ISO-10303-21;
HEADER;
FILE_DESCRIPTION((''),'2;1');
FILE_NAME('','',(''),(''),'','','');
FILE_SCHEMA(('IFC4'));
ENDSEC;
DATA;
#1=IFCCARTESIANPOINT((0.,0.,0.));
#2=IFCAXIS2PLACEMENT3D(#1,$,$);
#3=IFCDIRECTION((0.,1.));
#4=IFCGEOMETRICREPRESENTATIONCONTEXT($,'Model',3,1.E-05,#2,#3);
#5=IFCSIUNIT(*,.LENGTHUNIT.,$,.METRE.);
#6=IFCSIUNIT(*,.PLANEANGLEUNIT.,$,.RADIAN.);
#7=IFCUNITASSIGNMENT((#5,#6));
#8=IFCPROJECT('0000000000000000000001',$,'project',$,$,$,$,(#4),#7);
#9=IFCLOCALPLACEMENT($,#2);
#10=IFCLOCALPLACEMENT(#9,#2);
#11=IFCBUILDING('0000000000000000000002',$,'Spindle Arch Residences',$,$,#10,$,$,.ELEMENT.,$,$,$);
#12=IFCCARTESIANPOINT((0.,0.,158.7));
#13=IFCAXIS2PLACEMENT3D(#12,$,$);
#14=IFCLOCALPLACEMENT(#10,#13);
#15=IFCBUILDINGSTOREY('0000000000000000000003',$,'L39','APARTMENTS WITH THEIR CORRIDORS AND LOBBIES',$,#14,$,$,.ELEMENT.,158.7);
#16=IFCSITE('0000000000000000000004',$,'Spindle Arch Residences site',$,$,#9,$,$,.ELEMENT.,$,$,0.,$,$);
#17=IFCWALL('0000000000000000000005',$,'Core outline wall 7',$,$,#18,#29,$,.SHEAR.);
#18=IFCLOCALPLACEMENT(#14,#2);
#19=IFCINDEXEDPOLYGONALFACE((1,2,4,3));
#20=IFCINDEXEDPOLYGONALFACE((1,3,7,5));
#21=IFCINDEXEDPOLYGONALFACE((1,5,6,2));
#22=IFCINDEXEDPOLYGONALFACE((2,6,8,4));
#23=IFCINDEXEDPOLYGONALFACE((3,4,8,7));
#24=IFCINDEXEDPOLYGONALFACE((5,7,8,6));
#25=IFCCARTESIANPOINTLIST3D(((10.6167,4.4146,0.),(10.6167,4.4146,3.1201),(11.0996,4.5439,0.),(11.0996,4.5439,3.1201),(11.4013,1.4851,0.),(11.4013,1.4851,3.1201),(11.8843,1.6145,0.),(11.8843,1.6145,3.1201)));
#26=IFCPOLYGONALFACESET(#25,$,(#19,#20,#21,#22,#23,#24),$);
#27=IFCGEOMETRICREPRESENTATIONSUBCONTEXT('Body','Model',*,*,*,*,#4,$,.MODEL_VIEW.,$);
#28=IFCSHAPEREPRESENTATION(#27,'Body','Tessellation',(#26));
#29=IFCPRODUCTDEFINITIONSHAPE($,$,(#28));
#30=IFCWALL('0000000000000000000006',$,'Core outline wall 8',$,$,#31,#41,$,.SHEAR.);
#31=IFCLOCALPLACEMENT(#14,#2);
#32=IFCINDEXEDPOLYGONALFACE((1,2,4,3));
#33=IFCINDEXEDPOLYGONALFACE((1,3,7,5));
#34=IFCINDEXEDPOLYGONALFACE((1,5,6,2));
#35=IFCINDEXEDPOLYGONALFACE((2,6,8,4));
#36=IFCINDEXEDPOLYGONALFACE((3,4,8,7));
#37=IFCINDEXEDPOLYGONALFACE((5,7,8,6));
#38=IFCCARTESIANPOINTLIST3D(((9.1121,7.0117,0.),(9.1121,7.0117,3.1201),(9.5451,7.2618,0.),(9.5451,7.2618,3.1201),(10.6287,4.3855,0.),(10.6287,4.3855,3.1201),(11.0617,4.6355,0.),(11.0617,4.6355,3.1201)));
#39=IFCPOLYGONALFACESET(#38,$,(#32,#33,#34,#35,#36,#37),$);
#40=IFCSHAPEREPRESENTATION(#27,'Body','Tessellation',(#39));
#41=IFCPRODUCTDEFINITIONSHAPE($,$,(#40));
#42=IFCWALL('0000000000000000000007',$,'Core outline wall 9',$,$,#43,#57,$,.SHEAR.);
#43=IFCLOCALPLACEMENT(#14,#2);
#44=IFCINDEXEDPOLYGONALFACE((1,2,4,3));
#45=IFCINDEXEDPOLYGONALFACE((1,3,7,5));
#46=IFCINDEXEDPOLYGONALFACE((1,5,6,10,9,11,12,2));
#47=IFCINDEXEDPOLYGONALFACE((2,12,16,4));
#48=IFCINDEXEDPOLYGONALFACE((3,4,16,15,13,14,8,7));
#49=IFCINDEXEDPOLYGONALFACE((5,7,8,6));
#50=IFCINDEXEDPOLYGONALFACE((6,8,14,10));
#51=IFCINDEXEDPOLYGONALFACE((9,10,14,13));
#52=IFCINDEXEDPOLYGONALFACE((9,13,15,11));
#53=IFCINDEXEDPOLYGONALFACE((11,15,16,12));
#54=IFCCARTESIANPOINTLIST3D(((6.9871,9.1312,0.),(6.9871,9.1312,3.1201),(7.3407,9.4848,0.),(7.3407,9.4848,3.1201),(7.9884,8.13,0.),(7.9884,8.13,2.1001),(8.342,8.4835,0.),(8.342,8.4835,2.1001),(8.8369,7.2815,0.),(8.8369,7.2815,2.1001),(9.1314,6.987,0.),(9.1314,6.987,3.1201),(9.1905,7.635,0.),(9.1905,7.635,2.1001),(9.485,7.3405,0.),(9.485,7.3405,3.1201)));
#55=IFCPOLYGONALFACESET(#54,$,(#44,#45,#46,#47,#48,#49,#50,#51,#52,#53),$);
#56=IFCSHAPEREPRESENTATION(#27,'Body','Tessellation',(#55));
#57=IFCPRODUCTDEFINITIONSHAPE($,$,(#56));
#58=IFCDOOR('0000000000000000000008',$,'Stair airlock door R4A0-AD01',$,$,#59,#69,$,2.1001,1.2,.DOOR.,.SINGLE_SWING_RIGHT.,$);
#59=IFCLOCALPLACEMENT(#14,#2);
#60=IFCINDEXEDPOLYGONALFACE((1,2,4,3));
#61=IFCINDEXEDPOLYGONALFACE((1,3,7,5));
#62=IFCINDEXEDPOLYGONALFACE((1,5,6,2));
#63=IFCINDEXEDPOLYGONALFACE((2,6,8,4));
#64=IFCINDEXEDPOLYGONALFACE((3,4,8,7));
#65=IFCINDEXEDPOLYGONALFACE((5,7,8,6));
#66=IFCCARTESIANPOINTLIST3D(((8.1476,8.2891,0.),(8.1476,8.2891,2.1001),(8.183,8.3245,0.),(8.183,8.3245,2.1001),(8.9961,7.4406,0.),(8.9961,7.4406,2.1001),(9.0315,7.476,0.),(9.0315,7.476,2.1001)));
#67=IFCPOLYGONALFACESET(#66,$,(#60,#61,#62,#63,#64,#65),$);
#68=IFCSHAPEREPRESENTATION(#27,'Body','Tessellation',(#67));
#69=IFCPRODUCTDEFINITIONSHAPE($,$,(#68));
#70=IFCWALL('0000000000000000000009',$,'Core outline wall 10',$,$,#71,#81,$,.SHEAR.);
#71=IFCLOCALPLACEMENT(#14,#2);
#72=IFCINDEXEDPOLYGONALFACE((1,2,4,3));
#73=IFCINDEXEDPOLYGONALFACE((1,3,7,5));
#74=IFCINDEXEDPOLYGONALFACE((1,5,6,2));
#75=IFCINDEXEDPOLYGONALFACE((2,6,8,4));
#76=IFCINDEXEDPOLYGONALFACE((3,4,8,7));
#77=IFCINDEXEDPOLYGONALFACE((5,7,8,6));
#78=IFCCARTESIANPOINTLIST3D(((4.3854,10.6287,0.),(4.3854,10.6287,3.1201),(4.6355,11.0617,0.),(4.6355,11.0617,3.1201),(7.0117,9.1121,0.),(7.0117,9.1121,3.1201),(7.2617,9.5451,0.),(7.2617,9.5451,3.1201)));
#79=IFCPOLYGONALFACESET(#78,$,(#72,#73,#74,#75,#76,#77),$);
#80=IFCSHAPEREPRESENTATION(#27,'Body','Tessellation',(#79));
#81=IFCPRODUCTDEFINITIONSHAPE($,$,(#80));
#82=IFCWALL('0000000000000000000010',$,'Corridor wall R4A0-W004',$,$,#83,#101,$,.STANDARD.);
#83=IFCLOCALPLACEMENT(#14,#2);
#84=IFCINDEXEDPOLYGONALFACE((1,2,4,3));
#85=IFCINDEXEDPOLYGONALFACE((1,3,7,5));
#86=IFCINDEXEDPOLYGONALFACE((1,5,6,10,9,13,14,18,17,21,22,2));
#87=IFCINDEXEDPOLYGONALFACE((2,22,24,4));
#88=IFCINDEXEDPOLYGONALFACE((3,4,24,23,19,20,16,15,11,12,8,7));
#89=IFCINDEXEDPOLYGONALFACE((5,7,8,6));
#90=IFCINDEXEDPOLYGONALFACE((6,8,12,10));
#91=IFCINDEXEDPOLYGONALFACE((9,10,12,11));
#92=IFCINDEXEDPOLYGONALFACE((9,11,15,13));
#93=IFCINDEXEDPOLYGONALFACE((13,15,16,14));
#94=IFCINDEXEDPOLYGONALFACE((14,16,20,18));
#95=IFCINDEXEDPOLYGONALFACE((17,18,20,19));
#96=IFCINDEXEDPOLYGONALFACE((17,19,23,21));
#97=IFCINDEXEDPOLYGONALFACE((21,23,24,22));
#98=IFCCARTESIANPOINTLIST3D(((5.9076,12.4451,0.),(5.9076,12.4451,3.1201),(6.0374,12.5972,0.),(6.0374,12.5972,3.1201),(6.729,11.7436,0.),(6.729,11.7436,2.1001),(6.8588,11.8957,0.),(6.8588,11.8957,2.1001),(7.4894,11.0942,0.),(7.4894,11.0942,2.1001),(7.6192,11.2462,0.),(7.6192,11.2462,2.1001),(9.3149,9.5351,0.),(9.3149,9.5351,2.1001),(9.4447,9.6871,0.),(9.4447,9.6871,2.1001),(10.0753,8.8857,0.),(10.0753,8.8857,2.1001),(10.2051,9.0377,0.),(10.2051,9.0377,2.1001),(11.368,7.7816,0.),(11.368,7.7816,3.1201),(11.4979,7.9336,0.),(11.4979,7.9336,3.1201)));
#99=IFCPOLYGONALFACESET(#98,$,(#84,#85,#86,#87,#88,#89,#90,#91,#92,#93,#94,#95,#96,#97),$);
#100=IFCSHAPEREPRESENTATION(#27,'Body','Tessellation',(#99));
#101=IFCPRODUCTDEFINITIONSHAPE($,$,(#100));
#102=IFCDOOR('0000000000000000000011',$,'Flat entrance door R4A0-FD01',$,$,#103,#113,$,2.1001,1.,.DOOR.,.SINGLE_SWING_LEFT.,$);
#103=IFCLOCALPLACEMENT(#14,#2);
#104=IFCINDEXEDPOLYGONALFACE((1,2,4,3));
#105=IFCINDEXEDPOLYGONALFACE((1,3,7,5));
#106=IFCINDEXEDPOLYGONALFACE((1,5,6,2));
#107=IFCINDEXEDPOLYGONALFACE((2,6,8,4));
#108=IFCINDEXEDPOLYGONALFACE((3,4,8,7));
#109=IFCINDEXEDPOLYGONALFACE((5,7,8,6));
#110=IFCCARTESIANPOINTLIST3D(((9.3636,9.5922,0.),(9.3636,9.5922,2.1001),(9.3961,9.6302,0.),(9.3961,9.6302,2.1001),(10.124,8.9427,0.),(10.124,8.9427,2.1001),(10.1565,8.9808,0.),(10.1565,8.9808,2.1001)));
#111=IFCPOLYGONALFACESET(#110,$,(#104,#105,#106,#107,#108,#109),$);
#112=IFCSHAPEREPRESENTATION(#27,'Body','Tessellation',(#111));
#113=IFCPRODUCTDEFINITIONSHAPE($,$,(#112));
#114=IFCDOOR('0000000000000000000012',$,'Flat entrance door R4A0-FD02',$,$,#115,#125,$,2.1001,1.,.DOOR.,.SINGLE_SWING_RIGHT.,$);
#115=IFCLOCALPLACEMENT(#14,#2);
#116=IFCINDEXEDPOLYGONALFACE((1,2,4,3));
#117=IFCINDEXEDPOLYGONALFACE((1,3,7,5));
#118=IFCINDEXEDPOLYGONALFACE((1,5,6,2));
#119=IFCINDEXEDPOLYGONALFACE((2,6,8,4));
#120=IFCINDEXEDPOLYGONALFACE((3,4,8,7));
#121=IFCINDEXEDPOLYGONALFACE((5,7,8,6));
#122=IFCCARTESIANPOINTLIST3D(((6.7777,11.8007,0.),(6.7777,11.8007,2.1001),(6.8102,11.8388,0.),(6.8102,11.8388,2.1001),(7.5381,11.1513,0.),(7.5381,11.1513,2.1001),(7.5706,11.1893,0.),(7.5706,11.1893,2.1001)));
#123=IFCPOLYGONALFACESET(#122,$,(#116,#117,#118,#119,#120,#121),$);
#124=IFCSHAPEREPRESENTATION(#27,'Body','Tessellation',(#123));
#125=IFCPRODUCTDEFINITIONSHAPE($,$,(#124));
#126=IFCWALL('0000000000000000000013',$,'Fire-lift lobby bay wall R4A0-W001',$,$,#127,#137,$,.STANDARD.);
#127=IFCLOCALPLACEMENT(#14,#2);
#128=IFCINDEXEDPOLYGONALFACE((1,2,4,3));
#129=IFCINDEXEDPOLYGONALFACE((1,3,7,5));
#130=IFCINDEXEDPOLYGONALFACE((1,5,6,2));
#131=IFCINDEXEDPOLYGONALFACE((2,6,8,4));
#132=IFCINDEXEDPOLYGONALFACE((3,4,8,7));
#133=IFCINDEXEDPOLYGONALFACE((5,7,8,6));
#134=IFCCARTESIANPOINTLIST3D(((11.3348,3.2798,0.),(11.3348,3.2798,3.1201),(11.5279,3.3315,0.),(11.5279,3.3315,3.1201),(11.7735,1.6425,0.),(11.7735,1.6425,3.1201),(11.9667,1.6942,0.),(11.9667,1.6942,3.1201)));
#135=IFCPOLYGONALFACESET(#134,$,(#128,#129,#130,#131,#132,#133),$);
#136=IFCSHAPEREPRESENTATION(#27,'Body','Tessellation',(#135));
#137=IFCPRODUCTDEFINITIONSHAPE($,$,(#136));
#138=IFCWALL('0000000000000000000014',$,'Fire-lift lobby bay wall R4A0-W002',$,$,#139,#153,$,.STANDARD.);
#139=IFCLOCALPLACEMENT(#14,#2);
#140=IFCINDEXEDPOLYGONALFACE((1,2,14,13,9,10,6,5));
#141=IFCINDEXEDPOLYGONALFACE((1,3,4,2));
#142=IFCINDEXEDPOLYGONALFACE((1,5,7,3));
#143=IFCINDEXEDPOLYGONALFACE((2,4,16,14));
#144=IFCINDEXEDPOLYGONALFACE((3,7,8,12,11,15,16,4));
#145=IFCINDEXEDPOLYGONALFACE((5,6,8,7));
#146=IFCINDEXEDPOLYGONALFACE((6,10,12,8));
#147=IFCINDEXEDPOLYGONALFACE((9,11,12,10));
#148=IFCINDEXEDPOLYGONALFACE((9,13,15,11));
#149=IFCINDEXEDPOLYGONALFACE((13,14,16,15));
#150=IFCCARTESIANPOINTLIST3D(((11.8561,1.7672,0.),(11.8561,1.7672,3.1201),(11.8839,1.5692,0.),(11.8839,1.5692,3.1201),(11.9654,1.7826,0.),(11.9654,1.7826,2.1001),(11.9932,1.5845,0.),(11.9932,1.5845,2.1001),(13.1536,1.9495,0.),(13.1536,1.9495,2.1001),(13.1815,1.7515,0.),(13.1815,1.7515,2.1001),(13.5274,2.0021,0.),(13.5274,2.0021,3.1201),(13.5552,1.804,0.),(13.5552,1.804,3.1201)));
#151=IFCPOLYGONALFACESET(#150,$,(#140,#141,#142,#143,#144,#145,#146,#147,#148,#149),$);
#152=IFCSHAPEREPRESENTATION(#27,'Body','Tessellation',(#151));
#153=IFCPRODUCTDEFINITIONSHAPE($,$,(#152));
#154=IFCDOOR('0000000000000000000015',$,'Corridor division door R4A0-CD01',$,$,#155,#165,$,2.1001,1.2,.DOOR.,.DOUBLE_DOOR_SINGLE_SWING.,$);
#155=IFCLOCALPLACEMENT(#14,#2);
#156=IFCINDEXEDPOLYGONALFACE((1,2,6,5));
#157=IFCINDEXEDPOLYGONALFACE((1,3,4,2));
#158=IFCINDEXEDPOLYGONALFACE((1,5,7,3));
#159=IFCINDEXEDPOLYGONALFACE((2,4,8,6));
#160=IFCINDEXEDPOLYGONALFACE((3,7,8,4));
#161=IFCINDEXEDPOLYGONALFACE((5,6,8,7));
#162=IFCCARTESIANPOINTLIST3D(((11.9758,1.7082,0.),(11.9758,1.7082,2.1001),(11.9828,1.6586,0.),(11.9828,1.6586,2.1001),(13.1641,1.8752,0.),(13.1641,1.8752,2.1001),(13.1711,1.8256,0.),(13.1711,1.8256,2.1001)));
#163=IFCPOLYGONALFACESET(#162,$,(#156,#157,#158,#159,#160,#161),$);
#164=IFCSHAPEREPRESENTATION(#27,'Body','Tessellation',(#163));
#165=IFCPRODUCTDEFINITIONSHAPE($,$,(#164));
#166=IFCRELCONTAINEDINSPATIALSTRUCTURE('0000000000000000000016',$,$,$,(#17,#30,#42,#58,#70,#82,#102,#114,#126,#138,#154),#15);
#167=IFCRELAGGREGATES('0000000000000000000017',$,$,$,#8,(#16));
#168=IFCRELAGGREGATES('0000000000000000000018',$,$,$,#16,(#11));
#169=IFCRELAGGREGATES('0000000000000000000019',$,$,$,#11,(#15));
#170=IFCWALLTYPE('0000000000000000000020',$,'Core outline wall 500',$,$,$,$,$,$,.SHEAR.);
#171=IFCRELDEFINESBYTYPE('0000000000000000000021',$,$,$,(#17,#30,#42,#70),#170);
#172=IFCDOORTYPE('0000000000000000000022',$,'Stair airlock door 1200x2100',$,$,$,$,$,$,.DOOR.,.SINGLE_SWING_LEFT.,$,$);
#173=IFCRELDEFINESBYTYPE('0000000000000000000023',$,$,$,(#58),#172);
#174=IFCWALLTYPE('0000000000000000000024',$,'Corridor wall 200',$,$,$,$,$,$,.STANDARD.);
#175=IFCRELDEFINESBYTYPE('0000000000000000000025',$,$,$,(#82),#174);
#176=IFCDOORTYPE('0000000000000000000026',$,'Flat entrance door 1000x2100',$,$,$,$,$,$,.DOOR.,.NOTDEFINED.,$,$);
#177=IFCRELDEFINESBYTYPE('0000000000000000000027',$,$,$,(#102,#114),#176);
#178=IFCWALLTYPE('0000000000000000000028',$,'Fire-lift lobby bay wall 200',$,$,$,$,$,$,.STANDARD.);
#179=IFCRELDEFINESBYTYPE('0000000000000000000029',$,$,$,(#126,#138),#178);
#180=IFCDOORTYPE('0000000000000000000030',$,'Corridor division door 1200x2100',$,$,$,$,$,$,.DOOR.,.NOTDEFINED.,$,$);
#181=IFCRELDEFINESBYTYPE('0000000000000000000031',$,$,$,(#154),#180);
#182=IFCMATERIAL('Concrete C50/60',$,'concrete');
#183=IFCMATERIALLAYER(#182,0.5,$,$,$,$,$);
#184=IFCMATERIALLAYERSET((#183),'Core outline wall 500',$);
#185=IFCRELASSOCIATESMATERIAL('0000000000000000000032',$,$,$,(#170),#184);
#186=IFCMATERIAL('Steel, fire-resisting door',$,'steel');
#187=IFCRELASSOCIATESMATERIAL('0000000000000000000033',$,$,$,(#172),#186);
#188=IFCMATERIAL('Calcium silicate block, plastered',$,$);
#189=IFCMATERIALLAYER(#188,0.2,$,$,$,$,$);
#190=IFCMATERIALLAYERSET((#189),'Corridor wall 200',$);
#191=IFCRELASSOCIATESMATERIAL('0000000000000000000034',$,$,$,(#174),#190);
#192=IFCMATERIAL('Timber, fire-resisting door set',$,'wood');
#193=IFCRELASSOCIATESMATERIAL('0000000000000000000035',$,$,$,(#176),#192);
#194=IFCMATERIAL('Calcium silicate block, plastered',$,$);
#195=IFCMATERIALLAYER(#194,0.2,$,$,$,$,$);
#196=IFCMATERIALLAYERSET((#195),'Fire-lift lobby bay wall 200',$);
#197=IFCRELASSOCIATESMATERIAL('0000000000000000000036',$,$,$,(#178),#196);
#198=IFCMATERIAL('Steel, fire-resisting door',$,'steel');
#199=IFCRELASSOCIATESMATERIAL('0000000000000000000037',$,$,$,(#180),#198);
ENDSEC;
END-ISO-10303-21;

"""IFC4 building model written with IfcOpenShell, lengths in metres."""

from ifc_helpers import new_model, si_unit, direction, frame, frame_2d, origin, place, context, subcontext, project, spatial, rectangle, extrude, material, layer, layer_set, type_object, element, fill, save


model = new_model("IFC4")

# Units and contexts
model_context = context("Model", 3, precision=1e-05, world=origin(), true_north=direction((0.0, 1.0)))
body_context = subcontext(model_context, "Body", "Model", "MODEL_VIEW")
ifc_project = project(units=[si_unit("LENGTHUNIT", "METRE"), si_unit("PLANEANGLEUNIT", "RADIAN")], contexts=[model_context])

# Site, building, storey
site_placement = place(None, origin())
site = spatial("IfcSite", under=ifc_project, at=site_placement, Name="Spindle Arch Residences site", CompositionType="ELEMENT", RefElevation=0.0)
building_placement = place(site_placement, origin())
building = spatial("IfcBuilding", under=site, at=building_placement, Name="Spindle Arch Residences", CompositionType="ELEMENT")
storey_placement = place(building_placement, frame((0.0, 0.0, 158.7)))
storey = spatial("IfcBuildingStorey", under=building, at=storey_placement, Name="L39", Description="APARTMENTS WITH THEIR CORRIDORS AND LOBBIES", CompositionType="ELEMENT", Elevation=158.7)

# Walls
ifc_material_1 = material(Name="Concrete C50/60", Category="concrete")
ifc_layer_1 = layer(ifc_material_1, 0.5)
ifc_layer_set_1 = layer_set([ifc_layer_1], Name="Core outline wall 500")
wall_type_1 = type_object("IfcWallType", Name="Core outline wall 500", PredefinedType="SHEAR", material=ifc_layer_set_1)
for number, where, z_axis, x_axis, name in (
    (1, (11.6428, 1.5498, 0.0), (0.0, 0.0, 1.0), (-0.258735, 0.965948, 0.0), "Core outline wall 7"),
    (2, (10.8452, 4.5105, 0.0), (0.0, 0.0, 1.0), (-0.500087, 0.865975, 0.0), "Core outline wall 8"),
):
    element("IfcWall", number, at=place(storey_placement, frame(where, z_axis=z_axis, x_axis=x_axis)), inside=storey, type_object=wall_type_1, Name=name, PredefinedType="SHEAR", context=body_context, shape_type="SweptSolid", body=[
        extrude(rectangle(XDim=3.0327, YDim=0.5, at=frame_2d((1.5164, 0.0))), origin(), (0.0, 0.0, 1.0), 3.1201),
    ])

# Wall, opening, door
wall_1_placement = place(storey_placement, frame((9.3081, 7.1638, 0.0), z_axis=(0.0, 0.0, 1.0), x_axis=(-0.707107, 0.707107, 0.0)))
wall_1 = element("IfcWall", 3, at=wall_1_placement, inside=storey, type_object=wall_type_1, Name="Core outline wall 9", PredefinedType="SHEAR", context=body_context, shape_type="SweptSolid", body=[
    extrude(rectangle(XDim=3.0325, YDim=0.5, at=frame_2d((1.5161, 0.0))), origin(), (0.0, 0.0, 1.0), 3.1201),
])
opening_1_placement = place(wall_1_placement, frame((0.4163, 0.0, 0.0)))
opening_1 = element("IfcOpeningElement", 4, at=opening_1_placement, cuts=wall_1, PredefinedType="OPENING", context=body_context, shape_type="SweptSolid", body=[
    extrude(rectangle(XDim=1.2, YDim=2.1001, at=frame_2d((0.6001, 1.05))), frame((0.0, 0.26, 0.0), z_axis=(0.0, -1.0, 0.0), x_axis=(1.0, 0.0, 0.0)), (0.0, 0.0, 1.0), 0.52),
])
ifc_material_2 = material(Name="Steel, fire-resisting door", Category="steel")
door_type_1 = type_object("IfcDoorType", Name="Stair airlock door 1200x2100", OperationType="SINGLE_SWING_LEFT", PredefinedType="DOOR", material=ifc_material_2)
door_1_placement = place(opening_1_placement, origin())
door_1 = element("IfcDoor", 5, at=door_1_placement, inside=storey, type_object=door_type_1, Name="Stair airlock door R4A0-AD01", OperationType="SINGLE_SWING_RIGHT", OverallHeight=2.1001, OverallWidth=1.2, PredefinedType="DOOR", context=body_context, shape_type="SweptSolid", body=[
    extrude(rectangle(XDim=1.2, YDim=2.1001, at=frame_2d((0.6001, 1.05))), frame((0.0, 0.0249, 0.0), z_axis=(0.0, -1.0, 0.0), x_axis=(1.0, 0.0, 0.0)), (0.0, 0.0, 1.0), 0.05),
])
fill(opening_1, door_1)

# Wall
wall_2_placement = place(storey_placement, frame((7.1367, 9.3286, 0.0), z_axis=(0.0, 0.0, 1.0), x_axis=(-0.865975, 0.500087, 0.0)))
element("IfcWall", 6, at=wall_2_placement, inside=storey, type_object=wall_type_1, Name="Core outline wall 10", PredefinedType="SHEAR", context=body_context, shape_type="SweptSolid", body=[
    extrude(rectangle(XDim=3.0327, YDim=0.5, at=frame_2d((1.5164, 0.0))), origin(), (0.0, 0.0, 1.0), 3.1201),
])

# Wall, openings, doors
ifc_material_3 = material(Name="Calcium silicate block, plastered")
ifc_layer_2 = layer(ifc_material_3, 0.2)
ifc_layer_set_2 = layer_set([ifc_layer_2], Name="Corridor wall 200")
wall_type_2 = type_object("IfcWallType", Name="Corridor wall 200", PredefinedType="STANDARD", material=ifc_layer_set_2)
wall_3_placement = place(storey_placement, frame((11.4329, 7.8577, 0.0), z_axis=(0.0, 0.0, 1.0), x_axis=(-0.760412, 0.649441, 0.0)))
wall_3 = element("IfcWall", 7, at=wall_3_placement, inside=storey, type_object=wall_type_2, Name="Corridor wall R4A0-W004", PredefinedType="STANDARD", context=body_context, shape_type="SweptSolid", body=[
    extrude(rectangle(XDim=7.1809, YDim=0.2, at=frame_2d((3.5903, 0.0))), origin(), (0.0, 0.0, 1.0), 3.1201),
])
opening_2_placement = place(wall_3_placement, frame((1.7, 0.0, 0.0)))
opening_2 = element("IfcOpeningElement", 8, at=opening_2_placement, cuts=wall_3, PredefinedType="OPENING", context=body_context, shape_type="SweptSolid", body=[
    extrude(rectangle(XDim=1.0, YDim=2.1001, at=frame_2d((0.5, 1.05))), frame((0.0, 0.1099, 0.0), z_axis=(0.0, -1.0, 0.0), x_axis=(1.0, 0.0, 0.0)), (0.0, 0.0, 1.0), 0.22),
])
opening_3_placement = place(wall_3_placement, frame((5.1006, 0.0, 0.0)))
opening_3 = element("IfcOpeningElement", 9, at=opening_3_placement, cuts=wall_3, PredefinedType="OPENING", context=body_context, shape_type="SweptSolid", body=[
    extrude(rectangle(XDim=1.0, YDim=2.1001, at=frame_2d((0.5, 1.05))), frame((0.0, 0.1099, 0.0), z_axis=(0.0, -1.0, 0.0), x_axis=(1.0, 0.0, 0.0)), (0.0, 0.0, 1.0), 0.22),
])
ifc_material_4 = material(Name="Timber, fire-resisting door set", Category="wood")
door_type_2 = type_object("IfcDoorType", Name="Flat entrance door 1000x2100", OperationType="NOTDEFINED", PredefinedType="DOOR", material=ifc_material_4)
door_2_placement = place(opening_2_placement, origin())
door_2 = element("IfcDoor", 10, at=door_2_placement, inside=storey, type_object=door_type_2, Name="Flat entrance door R4A0-FD01", OperationType="SINGLE_SWING_LEFT", OverallHeight=2.1001, OverallWidth=1.0, PredefinedType="DOOR", context=body_context, shape_type="SweptSolid", body=[
    extrude(rectangle(XDim=1.0, YDim=2.1001, at=frame_2d((0.5, 1.05))), frame((0.0, 0.0249, 0.0), z_axis=(0.0, -1.0, 0.0), x_axis=(1.0, 0.0, 0.0)), (0.0, 0.0, 1.0), 0.05),
])
fill(opening_2, door_2)
door_3_placement = place(opening_3_placement, origin())
door_3 = element("IfcDoor", 11, at=door_3_placement, inside=storey, type_object=door_type_2, Name="Flat entrance door R4A0-FD02", OperationType="SINGLE_SWING_RIGHT", OverallHeight=2.1001, OverallWidth=1.0, PredefinedType="DOOR", context=body_context, shape_type="SweptSolid", body=[
    extrude(rectangle(XDim=1.0, YDim=2.1001, at=frame_2d((0.5, 1.05))), frame((0.0, 0.0249, 0.0), z_axis=(0.0, -1.0, 0.0), x_axis=(1.0, 0.0, 0.0)), (0.0, 0.0, 1.0), 0.05),
])
fill(opening_3, door_3)

# Wall
ifc_material_5 = material(Name="Calcium silicate block, plastered")
ifc_layer_3 = layer(ifc_material_5, 0.2)
ifc_layer_set_3 = layer_set([ifc_layer_3], Name="Fire-lift lobby bay wall 200")
wall_type_3 = type_object("IfcWallType", Name="Fire-lift lobby bay wall 200", PredefinedType="STANDARD", material=ifc_layer_set_3)
wall_4_placement = place(storey_placement, frame((11.8701, 1.6682, 0.0), z_axis=(0.0, 0.0, 1.0), x_axis=(-0.258837, 0.965921, 0.0)))
element("IfcWall", 12, at=wall_4_placement, inside=storey, type_object=wall_type_3, Name="Fire-lift lobby bay wall R4A0-W001", PredefinedType="STANDARD", context=body_context, shape_type="SweptSolid", body=[
    extrude(rectangle(XDim=1.6951, YDim=0.2, at=frame_2d((0.8477, 0.0))), origin(), (0.0, 0.0, 1.0), 3.1201),
])

# Wall, opening, door
wall_5_placement = place(storey_placement, frame((11.8701, 1.6682, 0.0), z_axis=(0.0, 0.0, 1.0), x_axis=(0.990271, 0.139153, 0.0)))
wall_5 = element("IfcWall", 13, at=wall_5_placement, inside=storey, type_object=wall_type_3, Name="Fire-lift lobby bay wall R4A0-W002", PredefinedType="STANDARD", context=body_context, shape_type="SweptSolid", body=[
    extrude(rectangle(XDim=1.6877, YDim=0.2, at=frame_2d((0.8438, 0.0))), origin(), (0.0, 0.0, 1.0), 3.1201),
])
opening_4_placement = place(wall_5_placement, frame((0.1101, 0.0, 0.0)))
opening_4 = element("IfcOpeningElement", 14, at=opening_4_placement, cuts=wall_5, PredefinedType="OPENING", context=body_context, shape_type="SweptSolid", body=[
    extrude(rectangle(XDim=1.2, YDim=2.1001, at=frame_2d((0.6001, 1.05))), frame((0.0, 0.1099, 0.0), z_axis=(0.0, -1.0, 0.0), x_axis=(1.0, 0.0, 0.0)), (0.0, 0.0, 1.0), 0.22),
])
ifc_material_6 = material(Name="Steel, fire-resisting door", Category="steel")
door_type_3 = type_object("IfcDoorType", Name="Corridor division door 1200x2100", OperationType="NOTDEFINED", PredefinedType="DOOR", material=ifc_material_6)
door_4_placement = place(opening_4_placement, origin())
door_4 = element("IfcDoor", 15, at=door_4_placement, inside=storey, type_object=door_type_3, Name="Corridor division door R4A0-CD01", OperationType="DOUBLE_DOOR_SINGLE_SWING", OverallHeight=2.1001, OverallWidth=1.2, PredefinedType="DOOR", context=body_context, shape_type="SweptSolid", body=[
    extrude(rectangle(XDim=1.2, YDim=2.1001, at=frame_2d((0.6001, 1.05))), frame((0.0, 0.0249, 0.0), z_axis=(0.0, -1.0, 0.0), x_axis=(1.0, 0.0, 0.0)), (0.0, 0.0, 1.0), 0.05),
])
fill(opening_4, door_4)

save(model, "model.ifc")
